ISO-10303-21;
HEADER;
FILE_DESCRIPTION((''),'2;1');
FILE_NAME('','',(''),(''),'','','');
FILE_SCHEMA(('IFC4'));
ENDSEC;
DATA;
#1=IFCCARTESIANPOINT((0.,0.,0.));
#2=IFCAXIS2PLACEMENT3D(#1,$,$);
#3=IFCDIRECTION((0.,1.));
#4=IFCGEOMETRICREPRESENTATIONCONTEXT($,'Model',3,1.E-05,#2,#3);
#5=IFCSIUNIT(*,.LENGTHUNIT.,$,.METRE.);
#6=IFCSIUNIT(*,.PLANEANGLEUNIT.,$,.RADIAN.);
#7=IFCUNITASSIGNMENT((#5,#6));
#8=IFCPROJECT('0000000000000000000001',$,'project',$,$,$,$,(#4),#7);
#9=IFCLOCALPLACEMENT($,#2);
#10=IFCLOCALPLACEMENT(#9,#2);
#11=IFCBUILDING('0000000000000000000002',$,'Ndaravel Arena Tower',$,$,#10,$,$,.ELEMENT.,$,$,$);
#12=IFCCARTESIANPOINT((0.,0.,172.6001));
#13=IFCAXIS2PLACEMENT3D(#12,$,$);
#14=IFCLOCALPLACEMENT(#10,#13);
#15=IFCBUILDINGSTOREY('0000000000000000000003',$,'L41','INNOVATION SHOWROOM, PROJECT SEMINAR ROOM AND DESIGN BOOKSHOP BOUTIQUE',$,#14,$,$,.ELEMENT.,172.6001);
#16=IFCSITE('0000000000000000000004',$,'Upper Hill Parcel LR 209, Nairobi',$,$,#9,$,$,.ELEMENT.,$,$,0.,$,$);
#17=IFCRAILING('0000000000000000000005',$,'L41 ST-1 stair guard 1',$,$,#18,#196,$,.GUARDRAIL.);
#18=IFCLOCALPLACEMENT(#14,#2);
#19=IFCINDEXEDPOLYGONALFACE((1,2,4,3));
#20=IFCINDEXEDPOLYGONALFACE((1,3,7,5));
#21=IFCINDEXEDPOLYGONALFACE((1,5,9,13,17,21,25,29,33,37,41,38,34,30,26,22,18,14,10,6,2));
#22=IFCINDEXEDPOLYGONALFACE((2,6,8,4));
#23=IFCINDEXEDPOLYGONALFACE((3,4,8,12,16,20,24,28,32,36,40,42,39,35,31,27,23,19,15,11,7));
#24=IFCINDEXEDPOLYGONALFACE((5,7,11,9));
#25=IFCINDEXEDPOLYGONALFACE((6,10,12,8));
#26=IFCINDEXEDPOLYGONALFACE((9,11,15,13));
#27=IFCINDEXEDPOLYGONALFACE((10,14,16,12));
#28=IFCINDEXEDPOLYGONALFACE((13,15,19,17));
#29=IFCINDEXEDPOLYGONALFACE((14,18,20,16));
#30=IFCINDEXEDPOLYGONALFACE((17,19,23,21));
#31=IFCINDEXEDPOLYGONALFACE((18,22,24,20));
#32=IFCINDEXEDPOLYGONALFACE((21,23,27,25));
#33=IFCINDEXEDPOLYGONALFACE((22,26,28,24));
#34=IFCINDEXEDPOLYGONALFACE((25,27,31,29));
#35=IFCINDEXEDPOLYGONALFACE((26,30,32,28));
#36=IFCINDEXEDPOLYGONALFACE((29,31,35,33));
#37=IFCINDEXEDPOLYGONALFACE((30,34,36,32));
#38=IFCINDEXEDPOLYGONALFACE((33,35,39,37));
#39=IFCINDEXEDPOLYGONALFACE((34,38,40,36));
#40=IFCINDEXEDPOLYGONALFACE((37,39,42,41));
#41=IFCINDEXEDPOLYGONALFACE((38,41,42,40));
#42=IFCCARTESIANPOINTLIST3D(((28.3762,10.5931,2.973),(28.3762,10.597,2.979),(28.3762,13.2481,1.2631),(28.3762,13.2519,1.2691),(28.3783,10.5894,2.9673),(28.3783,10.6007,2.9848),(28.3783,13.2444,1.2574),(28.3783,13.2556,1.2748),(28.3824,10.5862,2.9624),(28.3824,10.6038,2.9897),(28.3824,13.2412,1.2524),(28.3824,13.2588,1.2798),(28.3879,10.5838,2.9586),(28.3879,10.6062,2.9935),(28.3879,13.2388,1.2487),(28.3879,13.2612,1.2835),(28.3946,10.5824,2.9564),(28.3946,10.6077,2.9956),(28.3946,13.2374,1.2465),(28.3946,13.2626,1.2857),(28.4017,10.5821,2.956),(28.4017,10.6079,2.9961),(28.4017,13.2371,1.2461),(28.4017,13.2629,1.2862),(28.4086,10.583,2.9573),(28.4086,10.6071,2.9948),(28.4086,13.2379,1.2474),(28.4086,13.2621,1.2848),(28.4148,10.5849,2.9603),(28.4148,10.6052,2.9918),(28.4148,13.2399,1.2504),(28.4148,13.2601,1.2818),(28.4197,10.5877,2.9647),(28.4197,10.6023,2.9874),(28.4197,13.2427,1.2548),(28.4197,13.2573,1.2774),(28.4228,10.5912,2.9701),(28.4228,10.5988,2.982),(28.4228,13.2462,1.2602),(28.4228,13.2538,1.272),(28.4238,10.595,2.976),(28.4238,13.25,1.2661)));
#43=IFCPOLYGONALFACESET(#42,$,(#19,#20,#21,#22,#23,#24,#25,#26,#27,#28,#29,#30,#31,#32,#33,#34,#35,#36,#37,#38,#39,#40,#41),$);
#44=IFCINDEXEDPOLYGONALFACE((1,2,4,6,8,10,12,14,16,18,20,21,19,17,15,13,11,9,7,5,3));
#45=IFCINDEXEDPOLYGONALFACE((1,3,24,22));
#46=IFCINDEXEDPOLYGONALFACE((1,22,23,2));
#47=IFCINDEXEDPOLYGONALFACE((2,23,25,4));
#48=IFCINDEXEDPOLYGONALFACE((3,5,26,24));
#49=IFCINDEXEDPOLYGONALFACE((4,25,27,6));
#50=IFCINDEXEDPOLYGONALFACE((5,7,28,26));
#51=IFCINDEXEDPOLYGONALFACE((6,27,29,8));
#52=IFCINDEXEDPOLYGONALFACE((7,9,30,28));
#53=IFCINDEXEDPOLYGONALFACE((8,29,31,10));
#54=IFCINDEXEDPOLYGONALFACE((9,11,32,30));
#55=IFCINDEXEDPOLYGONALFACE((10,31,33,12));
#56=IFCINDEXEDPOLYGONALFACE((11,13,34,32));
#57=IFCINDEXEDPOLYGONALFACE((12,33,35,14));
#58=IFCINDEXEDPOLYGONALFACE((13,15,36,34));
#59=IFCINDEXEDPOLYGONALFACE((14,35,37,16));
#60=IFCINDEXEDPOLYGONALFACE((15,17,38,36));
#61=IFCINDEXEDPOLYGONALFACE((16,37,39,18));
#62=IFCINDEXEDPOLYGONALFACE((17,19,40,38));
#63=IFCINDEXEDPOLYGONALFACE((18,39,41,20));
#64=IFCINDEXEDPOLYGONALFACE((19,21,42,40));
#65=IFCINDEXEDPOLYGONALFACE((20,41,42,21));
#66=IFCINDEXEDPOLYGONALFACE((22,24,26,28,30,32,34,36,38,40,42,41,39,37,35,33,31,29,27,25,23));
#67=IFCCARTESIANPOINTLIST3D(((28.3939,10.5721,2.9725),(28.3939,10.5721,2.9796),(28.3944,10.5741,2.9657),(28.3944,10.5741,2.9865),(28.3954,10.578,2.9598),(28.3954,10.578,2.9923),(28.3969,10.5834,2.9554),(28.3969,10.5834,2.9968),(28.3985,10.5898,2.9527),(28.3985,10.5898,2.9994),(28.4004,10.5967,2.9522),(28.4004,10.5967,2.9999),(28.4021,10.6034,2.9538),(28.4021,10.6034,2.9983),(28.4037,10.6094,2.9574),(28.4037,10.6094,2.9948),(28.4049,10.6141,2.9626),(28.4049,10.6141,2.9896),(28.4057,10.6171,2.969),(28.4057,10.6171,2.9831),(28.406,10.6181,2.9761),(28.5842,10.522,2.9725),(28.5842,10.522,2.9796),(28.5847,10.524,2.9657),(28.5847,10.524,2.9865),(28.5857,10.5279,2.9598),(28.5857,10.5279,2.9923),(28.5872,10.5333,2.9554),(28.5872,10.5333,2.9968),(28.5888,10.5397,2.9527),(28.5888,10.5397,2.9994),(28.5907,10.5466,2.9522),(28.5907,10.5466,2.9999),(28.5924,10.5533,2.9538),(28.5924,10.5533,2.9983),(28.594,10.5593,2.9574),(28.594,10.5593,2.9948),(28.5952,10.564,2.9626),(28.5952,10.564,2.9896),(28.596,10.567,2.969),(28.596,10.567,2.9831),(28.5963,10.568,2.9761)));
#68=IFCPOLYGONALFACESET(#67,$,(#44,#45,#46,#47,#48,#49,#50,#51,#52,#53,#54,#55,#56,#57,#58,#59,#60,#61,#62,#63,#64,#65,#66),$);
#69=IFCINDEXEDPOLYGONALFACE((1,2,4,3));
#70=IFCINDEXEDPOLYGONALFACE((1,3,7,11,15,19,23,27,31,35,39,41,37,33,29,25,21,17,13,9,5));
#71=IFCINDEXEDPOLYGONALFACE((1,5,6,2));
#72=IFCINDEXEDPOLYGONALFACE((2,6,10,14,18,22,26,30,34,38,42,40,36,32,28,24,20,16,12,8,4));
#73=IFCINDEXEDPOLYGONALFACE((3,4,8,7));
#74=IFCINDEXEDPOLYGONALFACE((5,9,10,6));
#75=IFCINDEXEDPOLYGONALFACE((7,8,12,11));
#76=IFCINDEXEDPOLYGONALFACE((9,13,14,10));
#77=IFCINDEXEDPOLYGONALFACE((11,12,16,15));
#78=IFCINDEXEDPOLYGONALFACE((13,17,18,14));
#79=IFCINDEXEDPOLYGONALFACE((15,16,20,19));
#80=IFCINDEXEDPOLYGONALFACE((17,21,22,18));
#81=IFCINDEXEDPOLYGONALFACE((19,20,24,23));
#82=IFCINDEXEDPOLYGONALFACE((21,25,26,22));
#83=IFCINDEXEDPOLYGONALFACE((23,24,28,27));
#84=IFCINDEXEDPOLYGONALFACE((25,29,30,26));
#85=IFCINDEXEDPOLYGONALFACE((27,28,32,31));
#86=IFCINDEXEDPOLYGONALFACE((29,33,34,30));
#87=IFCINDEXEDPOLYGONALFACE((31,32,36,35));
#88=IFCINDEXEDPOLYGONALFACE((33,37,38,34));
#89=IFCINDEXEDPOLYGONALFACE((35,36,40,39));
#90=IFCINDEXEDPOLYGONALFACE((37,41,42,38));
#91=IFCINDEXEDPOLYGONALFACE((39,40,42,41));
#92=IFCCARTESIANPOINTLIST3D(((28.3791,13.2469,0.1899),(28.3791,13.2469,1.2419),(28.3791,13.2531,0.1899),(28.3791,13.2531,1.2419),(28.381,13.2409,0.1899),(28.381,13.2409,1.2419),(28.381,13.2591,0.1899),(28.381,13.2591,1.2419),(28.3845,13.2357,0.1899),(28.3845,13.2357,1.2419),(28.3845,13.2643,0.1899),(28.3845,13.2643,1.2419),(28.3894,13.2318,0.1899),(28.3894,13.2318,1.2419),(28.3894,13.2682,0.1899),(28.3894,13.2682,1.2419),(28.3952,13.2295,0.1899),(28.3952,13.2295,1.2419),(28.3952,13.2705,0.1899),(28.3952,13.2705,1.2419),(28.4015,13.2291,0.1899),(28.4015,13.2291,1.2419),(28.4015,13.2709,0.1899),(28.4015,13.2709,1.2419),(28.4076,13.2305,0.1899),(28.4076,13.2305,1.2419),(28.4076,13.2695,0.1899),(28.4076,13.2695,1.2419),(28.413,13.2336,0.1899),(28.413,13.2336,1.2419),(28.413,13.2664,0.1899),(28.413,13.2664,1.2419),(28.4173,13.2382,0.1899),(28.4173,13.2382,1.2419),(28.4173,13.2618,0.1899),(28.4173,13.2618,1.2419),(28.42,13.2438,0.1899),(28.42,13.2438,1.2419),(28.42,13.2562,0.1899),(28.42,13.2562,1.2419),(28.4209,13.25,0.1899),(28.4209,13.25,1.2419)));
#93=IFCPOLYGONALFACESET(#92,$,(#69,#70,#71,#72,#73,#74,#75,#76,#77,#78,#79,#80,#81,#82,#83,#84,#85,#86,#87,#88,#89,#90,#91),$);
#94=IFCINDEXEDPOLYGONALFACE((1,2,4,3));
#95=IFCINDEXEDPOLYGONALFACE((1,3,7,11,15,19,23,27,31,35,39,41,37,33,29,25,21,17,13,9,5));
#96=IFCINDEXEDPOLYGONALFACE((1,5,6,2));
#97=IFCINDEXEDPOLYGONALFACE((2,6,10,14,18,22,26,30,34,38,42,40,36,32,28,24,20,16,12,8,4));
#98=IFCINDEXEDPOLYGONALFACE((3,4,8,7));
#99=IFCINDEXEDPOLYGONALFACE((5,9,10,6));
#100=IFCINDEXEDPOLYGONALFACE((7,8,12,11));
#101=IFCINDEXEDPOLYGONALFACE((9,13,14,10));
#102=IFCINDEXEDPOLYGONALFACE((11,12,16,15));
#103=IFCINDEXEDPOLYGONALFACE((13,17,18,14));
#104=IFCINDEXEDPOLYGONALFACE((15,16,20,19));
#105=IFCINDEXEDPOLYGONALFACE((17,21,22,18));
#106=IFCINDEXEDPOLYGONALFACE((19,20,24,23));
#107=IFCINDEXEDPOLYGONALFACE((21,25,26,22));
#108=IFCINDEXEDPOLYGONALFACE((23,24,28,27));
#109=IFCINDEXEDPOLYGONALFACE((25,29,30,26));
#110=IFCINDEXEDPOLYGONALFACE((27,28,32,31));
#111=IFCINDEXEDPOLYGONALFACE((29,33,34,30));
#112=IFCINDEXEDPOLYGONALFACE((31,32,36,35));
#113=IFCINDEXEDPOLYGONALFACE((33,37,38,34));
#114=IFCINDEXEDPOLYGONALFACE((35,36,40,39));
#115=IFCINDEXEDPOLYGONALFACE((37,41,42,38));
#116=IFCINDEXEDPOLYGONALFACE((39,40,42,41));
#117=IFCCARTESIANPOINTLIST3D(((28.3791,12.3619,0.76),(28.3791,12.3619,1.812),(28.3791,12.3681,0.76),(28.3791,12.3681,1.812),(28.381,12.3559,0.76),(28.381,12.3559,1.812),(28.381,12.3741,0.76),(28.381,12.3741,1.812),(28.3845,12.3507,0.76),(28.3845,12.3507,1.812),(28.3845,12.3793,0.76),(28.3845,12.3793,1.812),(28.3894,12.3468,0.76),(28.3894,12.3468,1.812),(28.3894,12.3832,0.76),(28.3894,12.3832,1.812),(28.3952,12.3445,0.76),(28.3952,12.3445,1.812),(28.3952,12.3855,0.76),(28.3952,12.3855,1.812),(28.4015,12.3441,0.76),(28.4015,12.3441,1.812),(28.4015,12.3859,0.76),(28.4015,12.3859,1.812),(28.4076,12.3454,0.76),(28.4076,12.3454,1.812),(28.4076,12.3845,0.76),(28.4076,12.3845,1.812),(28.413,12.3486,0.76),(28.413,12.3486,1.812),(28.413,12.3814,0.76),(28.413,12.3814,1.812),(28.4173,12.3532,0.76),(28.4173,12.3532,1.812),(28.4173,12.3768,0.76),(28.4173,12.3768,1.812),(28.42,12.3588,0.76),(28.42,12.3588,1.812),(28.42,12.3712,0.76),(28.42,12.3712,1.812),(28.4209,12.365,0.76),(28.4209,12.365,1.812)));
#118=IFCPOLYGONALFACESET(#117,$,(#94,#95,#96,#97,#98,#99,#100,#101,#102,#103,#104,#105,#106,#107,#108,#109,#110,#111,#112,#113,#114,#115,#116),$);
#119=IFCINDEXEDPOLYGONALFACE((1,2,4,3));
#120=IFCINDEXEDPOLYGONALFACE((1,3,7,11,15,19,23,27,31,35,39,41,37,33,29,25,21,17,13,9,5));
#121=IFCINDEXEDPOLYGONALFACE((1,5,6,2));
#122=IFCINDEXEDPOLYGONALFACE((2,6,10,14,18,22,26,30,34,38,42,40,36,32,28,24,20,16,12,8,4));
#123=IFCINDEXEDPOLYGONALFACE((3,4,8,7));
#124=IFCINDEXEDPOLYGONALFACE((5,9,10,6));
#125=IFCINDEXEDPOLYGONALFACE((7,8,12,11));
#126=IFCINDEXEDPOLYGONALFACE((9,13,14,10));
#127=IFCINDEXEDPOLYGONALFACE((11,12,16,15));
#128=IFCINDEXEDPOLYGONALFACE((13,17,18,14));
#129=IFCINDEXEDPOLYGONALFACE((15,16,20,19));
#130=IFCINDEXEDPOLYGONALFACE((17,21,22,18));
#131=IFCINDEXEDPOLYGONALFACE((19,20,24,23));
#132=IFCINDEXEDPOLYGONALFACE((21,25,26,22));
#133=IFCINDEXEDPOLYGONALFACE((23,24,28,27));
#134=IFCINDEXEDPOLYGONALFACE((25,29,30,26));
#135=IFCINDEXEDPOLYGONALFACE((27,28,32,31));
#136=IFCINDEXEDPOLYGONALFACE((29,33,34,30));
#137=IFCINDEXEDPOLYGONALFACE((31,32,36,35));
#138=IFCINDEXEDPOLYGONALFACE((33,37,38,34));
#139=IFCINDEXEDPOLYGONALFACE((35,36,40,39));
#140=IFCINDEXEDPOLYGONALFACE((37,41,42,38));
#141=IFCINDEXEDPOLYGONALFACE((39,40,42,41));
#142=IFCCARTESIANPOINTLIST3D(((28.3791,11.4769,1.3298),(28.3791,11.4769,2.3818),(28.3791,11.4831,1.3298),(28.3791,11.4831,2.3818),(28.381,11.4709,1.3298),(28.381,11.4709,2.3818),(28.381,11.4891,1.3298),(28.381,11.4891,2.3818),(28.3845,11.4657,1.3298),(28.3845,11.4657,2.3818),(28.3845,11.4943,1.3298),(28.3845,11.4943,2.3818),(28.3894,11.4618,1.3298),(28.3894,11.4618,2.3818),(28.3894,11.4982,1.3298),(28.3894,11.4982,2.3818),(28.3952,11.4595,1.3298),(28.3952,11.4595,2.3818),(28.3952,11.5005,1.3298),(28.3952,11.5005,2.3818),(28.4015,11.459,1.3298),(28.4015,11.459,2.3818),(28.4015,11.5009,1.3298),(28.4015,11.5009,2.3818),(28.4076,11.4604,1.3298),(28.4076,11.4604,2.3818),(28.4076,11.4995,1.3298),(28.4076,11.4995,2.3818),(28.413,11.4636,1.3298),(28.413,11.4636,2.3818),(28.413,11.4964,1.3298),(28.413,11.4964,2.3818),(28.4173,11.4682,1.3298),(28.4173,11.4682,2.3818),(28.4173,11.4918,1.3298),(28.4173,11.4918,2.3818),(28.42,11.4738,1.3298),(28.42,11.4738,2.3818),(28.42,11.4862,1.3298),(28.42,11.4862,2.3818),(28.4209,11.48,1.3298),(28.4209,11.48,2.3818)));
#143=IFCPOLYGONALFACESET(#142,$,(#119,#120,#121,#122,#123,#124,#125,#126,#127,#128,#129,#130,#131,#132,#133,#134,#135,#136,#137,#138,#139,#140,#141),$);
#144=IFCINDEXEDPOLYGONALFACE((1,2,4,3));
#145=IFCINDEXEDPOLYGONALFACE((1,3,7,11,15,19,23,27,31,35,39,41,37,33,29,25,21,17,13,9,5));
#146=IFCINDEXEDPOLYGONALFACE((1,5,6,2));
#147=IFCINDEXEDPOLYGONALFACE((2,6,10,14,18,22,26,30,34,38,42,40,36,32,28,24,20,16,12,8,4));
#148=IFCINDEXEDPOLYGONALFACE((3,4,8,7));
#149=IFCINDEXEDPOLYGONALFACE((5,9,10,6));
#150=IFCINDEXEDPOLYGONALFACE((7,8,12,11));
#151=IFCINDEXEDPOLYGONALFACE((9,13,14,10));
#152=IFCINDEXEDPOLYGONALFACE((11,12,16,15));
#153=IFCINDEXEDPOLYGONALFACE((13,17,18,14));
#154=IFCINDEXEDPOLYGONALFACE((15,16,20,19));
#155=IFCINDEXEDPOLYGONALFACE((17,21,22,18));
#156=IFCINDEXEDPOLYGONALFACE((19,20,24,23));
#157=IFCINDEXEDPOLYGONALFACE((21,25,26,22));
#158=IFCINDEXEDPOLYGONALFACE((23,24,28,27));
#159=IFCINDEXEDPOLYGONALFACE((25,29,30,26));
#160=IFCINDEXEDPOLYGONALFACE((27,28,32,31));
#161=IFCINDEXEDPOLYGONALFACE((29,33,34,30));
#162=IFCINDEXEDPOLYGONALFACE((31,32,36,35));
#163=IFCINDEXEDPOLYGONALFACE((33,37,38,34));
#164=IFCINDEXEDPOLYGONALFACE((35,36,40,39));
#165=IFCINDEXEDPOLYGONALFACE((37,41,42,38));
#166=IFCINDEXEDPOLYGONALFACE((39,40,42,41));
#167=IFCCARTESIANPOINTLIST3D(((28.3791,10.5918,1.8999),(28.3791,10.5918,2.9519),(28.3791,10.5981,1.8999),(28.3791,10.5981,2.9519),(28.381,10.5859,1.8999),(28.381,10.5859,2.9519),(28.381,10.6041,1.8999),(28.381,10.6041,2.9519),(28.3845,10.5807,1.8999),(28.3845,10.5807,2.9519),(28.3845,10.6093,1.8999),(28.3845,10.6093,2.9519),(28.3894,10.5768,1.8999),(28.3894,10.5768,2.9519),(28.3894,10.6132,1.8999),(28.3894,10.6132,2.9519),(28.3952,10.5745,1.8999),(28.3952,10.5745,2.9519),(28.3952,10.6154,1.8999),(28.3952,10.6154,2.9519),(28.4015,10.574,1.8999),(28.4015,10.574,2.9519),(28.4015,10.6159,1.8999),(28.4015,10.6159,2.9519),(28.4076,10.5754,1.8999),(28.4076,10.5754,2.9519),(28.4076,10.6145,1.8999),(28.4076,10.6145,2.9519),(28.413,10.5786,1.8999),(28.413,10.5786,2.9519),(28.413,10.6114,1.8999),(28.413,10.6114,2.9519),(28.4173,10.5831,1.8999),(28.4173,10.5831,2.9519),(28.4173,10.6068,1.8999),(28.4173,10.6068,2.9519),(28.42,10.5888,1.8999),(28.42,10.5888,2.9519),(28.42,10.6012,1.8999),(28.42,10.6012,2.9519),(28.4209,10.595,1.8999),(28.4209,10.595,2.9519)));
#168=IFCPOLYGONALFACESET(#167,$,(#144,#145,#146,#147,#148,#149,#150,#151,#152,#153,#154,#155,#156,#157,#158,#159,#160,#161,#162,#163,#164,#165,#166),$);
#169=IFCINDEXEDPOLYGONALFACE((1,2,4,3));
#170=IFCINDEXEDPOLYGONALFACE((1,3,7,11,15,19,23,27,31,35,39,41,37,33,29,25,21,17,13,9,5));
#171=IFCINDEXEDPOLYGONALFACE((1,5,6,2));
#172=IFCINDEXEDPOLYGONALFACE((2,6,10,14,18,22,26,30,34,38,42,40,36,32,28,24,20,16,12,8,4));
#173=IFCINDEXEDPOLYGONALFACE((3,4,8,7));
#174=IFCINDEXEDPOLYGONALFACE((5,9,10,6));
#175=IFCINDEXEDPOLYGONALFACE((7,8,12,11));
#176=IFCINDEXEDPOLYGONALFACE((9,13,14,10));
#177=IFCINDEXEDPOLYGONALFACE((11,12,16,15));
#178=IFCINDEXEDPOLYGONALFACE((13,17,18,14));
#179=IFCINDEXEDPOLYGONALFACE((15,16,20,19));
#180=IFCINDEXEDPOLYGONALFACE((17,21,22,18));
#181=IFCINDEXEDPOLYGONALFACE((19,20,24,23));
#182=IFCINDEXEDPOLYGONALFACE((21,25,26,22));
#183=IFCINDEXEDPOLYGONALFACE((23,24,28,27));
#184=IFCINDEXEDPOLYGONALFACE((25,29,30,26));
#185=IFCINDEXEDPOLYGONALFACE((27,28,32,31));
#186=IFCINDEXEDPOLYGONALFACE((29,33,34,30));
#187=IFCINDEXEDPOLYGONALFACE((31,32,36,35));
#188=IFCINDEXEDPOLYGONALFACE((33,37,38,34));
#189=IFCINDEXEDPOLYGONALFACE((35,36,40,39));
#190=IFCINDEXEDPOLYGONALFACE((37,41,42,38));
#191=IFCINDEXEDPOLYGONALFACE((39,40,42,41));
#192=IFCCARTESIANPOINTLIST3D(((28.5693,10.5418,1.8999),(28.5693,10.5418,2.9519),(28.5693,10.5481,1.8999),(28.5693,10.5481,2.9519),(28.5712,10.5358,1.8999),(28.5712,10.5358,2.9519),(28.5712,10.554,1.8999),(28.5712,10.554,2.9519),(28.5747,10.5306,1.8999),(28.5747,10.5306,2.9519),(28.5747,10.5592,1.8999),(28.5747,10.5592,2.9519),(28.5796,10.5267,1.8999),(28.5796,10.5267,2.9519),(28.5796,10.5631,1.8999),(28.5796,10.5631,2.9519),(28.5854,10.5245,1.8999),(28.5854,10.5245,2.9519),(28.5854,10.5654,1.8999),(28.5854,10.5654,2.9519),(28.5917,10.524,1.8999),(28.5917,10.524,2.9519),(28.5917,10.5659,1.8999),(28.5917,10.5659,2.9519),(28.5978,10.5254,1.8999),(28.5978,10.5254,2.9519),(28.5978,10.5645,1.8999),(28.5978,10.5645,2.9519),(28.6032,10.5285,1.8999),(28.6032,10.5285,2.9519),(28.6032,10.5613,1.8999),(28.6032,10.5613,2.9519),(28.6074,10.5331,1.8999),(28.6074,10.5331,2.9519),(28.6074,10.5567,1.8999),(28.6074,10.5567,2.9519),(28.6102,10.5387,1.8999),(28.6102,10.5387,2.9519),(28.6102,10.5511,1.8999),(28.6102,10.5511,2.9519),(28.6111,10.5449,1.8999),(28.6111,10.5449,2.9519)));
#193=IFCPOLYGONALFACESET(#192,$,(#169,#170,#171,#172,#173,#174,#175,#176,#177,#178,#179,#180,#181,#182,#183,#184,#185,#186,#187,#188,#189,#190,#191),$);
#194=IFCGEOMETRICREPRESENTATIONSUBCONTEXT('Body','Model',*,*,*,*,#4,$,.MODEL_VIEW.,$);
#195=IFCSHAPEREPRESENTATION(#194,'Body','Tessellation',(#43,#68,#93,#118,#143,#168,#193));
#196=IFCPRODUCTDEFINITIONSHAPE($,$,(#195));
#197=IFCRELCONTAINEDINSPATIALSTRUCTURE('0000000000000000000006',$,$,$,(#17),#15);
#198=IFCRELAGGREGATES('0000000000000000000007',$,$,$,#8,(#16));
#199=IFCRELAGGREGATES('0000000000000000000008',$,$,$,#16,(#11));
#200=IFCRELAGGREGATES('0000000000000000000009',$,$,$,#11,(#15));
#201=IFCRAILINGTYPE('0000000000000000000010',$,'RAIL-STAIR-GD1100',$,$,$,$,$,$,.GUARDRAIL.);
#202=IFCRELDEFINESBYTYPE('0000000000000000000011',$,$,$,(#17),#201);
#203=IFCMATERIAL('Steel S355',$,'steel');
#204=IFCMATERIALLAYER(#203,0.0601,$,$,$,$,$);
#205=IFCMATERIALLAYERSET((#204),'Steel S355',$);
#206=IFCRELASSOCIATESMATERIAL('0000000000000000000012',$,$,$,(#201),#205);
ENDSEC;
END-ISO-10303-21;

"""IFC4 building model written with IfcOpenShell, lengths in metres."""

from ifc_helpers import new_model, si_unit, direction, frame, origin, origin_2d, place, context, subcontext, project, spatial, circle, extrude, material, layer, layer_set, type_object, element, save


model = new_model("IFC4")

# Units and contexts
model_context = context("Model", 3, precision=1e-05, world=origin(), true_north=direction((0.0, 1.0)))
body_context = subcontext(model_context, "Body", "Model", "MODEL_VIEW")
ifc_project = project(units=[si_unit("LENGTHUNIT", "METRE"), si_unit("PLANEANGLEUNIT", "RADIAN")], contexts=[model_context])

# Site, building, storey
site_placement = place(None, origin())
site = spatial("IfcSite", under=ifc_project, at=site_placement, Name="Upper Hill Parcel LR 209, Nairobi", CompositionType="ELEMENT", RefElevation=0.0)
building_placement = place(site_placement, origin())
building = spatial("IfcBuilding", under=site, at=building_placement, Name="Ndaravel Arena Tower", CompositionType="ELEMENT")
storey_placement = place(building_placement, frame((0.0, 0.0, 172.6001)))
storey = spatial("IfcBuildingStorey", under=building, at=storey_placement, Name="L41", Description="INNOVATION SHOWROOM, PROJECT SEMINAR ROOM AND DESIGN BOOKSHOP BOUTIQUE", CompositionType="ELEMENT", Elevation=172.6001)

# Railing
ifc_material_1 = material(Name="Steel S355", Category="steel")
ifc_layer_1 = layer(ifc_material_1, 0.0601)
ifc_layer_set_1 = layer_set([ifc_layer_1], Name="Steel S355")
railing_type_1 = type_object("IfcRailingType", Name="RAIL-STAIR-GD1100", PredefinedType="GUARDRAIL", material=ifc_layer_set_1)
railing_1_placement = place(storey_placement, frame((28.3999, 13.25, 0.1899)))
element("IfcRailing", 1, at=railing_1_placement, inside=storey, type_object=railing_type_1, Name="L41 ST-1 stair guard 1", PredefinedType="GUARDRAIL", context=body_context, shape_type="SweptSolid", body=[
    extrude(circle(Radius=0.0239, at=origin_2d()), frame((0.0, 0.0, 1.0762), z_axis=(0.0, -0.840724, 0.541465), x_axis=(1.0, 0.0, 0.0)), (0.0, 0.0, 1.0), 3.158),
    extrude(circle(Radius=0.0239, at=origin_2d()), frame((0.0, -2.655, 2.7861), z_axis=(0.967075, -0.254493, 0.0), x_axis=(0.254493, 0.967075, 0.0)), (0.0, 0.0, 1.0), 0.1968),
    extrude(circle(Radius=0.021, at=origin_2d()), origin(), (0.0, 0.0, 1.0), 1.052),
    extrude(circle(Radius=0.021, at=origin_2d()), frame((0.0, -0.885, 0.5701)), (0.0, 0.0, 1.0), 1.052),
    extrude(circle(Radius=0.021, at=origin_2d()), frame((0.0, -1.77, 1.1399)), (0.0, 0.0, 1.0), 1.052),
    extrude(circle(Radius=0.021, at=origin_2d()), frame((0.0, -2.655, 1.71)), (0.0, 0.0, 1.0), 1.052),
    extrude(circle(Radius=0.021, at=origin_2d()), frame((0.1902, -2.7051, 1.71)), (0.0, 0.0, 1.0), 1.052),
])

save(model, "model.ifc")
